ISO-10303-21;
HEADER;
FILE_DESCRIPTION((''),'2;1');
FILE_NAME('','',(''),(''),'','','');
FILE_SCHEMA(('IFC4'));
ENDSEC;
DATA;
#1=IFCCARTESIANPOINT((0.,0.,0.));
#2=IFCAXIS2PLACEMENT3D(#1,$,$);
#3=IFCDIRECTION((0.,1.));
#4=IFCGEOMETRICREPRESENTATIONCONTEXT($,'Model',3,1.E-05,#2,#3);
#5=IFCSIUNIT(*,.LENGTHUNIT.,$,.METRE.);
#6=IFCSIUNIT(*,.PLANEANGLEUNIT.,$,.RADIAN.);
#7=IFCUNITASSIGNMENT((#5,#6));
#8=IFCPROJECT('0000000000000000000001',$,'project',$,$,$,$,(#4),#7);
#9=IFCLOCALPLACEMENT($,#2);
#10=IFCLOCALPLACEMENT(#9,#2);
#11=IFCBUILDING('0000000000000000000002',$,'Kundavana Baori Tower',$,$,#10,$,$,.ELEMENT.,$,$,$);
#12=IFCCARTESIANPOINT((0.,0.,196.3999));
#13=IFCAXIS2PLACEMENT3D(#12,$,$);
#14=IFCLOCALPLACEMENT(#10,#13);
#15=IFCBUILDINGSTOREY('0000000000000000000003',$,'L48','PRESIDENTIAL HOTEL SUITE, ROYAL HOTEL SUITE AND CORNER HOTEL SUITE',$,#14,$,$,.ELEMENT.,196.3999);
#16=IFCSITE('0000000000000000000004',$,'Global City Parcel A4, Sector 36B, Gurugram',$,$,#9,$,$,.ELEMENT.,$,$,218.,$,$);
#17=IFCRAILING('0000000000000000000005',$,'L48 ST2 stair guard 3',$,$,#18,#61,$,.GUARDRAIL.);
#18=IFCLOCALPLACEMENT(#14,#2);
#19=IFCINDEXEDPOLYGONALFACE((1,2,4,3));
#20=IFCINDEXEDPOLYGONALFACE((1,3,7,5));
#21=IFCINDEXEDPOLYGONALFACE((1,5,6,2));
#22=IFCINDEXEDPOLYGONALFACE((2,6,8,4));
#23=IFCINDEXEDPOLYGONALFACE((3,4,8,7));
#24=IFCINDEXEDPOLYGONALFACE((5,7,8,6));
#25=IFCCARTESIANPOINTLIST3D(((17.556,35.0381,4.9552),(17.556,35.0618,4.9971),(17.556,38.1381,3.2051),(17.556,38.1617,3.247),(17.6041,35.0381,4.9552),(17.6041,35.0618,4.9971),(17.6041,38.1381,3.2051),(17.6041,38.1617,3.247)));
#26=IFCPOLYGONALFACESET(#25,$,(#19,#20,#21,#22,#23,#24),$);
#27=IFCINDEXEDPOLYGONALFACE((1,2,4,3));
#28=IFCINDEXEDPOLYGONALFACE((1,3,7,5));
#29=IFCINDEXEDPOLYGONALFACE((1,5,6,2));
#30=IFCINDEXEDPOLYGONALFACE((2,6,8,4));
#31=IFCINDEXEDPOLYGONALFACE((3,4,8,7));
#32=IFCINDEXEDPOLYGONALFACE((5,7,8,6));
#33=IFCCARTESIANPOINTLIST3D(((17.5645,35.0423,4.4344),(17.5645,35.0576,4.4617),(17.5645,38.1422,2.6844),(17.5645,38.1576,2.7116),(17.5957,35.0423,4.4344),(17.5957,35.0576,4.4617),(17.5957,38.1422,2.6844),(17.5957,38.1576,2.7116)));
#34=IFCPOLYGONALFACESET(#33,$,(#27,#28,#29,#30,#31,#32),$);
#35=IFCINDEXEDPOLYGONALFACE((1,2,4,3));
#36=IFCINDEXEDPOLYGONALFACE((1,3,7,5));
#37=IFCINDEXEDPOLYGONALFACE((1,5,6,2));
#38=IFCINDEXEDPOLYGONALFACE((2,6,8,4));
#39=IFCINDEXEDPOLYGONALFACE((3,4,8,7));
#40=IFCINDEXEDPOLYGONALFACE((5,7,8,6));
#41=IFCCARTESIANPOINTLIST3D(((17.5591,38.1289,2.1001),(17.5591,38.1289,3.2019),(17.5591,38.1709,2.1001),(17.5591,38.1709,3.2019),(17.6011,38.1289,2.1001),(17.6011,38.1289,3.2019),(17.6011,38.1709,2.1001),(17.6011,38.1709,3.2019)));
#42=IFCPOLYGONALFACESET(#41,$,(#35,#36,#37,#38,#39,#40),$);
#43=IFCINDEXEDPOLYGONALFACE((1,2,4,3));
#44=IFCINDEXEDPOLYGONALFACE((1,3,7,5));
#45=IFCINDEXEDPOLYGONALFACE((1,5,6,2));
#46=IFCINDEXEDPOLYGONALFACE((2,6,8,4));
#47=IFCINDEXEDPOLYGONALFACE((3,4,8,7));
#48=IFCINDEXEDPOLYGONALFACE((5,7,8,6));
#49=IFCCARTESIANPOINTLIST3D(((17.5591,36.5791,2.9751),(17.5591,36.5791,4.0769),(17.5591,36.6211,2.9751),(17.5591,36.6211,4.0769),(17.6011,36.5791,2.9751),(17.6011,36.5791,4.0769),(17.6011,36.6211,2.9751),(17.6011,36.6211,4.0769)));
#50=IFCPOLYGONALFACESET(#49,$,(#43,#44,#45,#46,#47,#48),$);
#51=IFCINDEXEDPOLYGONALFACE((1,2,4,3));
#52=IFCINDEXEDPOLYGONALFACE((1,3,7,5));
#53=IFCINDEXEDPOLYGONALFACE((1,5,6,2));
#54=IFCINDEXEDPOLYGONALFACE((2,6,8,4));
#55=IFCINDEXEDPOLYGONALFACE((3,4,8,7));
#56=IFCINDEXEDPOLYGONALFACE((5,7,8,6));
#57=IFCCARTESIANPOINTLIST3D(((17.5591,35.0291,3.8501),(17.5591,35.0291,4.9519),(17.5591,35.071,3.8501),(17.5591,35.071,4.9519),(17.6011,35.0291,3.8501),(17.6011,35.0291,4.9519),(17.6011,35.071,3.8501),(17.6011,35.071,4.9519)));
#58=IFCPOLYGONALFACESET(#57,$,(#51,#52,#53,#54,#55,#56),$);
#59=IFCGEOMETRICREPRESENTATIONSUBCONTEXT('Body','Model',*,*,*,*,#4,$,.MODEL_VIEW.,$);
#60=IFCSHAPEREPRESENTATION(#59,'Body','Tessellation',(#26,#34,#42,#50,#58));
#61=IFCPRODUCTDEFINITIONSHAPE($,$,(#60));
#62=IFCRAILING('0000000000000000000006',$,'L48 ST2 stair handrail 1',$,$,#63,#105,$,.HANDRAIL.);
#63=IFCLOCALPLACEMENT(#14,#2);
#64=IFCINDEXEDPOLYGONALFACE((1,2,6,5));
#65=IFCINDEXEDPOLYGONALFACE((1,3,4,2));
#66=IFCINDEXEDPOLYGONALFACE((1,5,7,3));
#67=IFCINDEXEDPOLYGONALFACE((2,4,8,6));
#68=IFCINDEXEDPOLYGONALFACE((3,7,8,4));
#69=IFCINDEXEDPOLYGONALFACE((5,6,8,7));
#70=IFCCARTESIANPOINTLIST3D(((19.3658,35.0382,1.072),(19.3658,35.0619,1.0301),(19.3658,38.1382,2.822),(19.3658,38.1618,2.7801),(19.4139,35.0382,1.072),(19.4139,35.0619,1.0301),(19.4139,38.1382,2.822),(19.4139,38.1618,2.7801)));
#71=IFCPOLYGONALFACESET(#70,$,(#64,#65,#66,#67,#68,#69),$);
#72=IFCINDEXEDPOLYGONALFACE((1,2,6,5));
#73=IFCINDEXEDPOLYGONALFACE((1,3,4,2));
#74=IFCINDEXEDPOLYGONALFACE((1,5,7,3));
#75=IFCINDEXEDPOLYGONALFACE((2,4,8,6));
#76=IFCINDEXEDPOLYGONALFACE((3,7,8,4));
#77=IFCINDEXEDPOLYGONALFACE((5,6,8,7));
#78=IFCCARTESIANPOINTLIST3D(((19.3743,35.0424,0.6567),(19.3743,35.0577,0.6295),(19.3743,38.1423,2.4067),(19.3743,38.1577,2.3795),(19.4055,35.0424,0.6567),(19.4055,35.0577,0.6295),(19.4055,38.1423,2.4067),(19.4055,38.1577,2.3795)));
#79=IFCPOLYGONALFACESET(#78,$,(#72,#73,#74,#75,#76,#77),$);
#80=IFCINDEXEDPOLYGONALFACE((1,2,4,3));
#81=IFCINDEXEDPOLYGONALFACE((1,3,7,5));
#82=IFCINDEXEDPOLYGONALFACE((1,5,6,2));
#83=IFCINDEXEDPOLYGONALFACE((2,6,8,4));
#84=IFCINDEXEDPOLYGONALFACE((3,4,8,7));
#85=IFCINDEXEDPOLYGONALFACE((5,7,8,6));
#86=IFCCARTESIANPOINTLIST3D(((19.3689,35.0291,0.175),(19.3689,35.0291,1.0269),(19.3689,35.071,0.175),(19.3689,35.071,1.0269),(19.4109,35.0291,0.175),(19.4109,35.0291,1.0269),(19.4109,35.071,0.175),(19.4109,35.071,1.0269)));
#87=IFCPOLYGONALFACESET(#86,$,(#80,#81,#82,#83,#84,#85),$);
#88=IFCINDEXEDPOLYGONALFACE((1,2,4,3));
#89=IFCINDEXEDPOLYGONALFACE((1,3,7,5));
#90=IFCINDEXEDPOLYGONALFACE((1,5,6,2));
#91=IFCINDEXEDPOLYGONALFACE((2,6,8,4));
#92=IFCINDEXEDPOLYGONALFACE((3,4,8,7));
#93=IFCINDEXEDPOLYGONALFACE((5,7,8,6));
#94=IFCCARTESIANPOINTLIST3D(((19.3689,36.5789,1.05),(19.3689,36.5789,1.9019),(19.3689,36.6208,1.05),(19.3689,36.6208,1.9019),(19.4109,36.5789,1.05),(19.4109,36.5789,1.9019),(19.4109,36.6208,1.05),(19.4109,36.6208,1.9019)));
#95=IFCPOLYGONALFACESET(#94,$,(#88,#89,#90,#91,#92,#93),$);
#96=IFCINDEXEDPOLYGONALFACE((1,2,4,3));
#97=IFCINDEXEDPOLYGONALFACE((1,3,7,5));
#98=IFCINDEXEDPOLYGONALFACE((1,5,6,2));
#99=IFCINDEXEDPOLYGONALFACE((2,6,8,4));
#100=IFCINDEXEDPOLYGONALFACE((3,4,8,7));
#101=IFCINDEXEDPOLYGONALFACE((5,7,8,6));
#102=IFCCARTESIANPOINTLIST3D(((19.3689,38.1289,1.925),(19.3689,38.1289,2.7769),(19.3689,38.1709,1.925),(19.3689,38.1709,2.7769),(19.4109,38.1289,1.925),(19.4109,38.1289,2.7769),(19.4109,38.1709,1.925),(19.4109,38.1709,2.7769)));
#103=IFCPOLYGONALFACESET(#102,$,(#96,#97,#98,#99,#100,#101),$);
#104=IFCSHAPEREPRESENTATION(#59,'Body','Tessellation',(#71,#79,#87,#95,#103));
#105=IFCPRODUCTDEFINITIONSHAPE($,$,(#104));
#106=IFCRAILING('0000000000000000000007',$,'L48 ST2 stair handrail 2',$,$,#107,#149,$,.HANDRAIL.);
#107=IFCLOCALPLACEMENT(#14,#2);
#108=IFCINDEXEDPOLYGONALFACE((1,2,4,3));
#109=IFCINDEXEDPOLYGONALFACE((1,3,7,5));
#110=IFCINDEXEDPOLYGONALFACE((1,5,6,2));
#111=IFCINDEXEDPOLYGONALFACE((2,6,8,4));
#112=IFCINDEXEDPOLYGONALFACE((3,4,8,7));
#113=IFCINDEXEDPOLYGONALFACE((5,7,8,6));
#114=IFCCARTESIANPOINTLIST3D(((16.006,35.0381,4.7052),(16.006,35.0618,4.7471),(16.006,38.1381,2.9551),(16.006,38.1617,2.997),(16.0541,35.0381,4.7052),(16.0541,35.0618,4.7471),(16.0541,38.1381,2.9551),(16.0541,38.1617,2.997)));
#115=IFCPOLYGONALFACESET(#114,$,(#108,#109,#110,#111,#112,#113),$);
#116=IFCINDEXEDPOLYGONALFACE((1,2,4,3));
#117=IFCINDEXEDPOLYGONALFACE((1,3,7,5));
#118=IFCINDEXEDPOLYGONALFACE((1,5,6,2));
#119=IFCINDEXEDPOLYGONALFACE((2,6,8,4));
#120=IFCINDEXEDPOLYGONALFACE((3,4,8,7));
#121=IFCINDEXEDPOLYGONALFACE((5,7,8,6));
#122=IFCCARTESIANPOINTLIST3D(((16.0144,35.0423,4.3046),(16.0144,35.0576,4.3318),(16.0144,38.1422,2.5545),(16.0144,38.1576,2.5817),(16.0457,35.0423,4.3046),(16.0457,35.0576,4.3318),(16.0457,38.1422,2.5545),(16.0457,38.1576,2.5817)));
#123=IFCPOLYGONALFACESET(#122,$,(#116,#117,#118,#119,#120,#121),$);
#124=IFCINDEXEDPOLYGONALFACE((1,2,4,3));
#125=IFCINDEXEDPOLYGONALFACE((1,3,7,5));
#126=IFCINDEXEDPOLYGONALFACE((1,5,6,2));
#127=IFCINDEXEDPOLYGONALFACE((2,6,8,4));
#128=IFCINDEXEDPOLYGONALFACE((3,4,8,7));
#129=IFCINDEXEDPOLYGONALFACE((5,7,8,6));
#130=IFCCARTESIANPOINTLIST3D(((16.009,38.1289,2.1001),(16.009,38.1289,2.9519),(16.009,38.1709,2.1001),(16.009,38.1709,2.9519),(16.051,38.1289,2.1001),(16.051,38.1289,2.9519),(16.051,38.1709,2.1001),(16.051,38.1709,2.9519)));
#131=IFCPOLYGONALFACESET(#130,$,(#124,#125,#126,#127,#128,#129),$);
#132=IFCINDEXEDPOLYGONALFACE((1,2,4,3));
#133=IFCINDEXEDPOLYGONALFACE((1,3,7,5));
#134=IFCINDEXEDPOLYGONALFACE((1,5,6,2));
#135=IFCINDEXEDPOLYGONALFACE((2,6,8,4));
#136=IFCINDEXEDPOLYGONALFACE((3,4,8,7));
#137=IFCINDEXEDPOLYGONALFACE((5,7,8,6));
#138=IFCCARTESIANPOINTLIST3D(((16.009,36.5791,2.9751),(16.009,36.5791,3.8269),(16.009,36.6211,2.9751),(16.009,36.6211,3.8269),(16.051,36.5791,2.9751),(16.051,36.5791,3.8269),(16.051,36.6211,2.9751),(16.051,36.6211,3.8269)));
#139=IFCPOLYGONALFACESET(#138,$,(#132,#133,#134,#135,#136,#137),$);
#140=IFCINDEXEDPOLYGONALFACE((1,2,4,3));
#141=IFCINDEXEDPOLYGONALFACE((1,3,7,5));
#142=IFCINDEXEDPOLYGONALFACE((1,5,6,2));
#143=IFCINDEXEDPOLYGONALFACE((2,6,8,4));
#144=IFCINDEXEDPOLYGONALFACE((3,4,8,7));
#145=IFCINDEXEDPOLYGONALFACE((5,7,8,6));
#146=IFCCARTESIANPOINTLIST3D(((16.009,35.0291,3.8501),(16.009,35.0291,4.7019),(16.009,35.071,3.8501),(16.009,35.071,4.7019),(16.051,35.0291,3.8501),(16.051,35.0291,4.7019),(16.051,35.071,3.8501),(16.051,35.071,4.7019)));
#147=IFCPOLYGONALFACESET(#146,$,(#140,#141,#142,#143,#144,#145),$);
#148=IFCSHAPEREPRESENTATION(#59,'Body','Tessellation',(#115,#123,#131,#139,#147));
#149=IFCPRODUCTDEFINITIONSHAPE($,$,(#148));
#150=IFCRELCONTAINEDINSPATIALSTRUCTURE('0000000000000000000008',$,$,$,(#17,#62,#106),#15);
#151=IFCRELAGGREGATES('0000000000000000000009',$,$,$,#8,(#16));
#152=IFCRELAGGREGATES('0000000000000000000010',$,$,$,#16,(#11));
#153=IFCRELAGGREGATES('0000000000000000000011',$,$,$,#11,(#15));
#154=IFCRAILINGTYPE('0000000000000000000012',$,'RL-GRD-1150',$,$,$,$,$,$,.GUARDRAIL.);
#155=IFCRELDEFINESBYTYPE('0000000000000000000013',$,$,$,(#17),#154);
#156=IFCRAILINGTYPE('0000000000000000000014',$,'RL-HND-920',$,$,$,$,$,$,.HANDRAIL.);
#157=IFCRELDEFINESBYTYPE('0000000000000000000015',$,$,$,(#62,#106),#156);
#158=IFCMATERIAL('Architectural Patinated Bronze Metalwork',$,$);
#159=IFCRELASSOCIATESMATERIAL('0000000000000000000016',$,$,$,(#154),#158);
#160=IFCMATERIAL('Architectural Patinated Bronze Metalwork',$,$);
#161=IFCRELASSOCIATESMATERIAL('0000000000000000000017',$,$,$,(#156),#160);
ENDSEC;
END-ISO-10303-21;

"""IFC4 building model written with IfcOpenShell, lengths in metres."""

from ifc_helpers import new_model, si_unit, direction, frame, origin, origin_2d, place, context, subcontext, project, spatial, rectangle, extrude, material, type_object, element, save


model = new_model("IFC4")

# Units and contexts
model_context = context("Model", 3, precision=1e-05, world=origin(), true_north=direction((0.0, 1.0)))
body_context = subcontext(model_context, "Body", "Model", "MODEL_VIEW")
ifc_project = project(units=[si_unit("LENGTHUNIT", "METRE"), si_unit("PLANEANGLEUNIT", "RADIAN")], contexts=[model_context])

# Site, building, storey
site_placement = place(None, origin())
site = spatial("IfcSite", under=ifc_project, at=site_placement, Name="Global City Parcel A4, Sector 36B, Gurugram", CompositionType="ELEMENT", RefElevation=218.0)
building_placement = place(site_placement, origin())
building = spatial("IfcBuilding", under=site, at=building_placement, Name="Kundavana Baori Tower", CompositionType="ELEMENT")
storey_placement = place(building_placement, frame((0.0, 0.0, 196.3999)))
storey = spatial("IfcBuildingStorey", under=building, at=storey_placement, Name="L48", Description="PRESIDENTIAL HOTEL SUITE, ROYAL HOTEL SUITE AND CORNER HOTEL SUITE", CompositionType="ELEMENT", Elevation=196.3999)

# Railings
ifc_material_1 = material(Name="Architectural Patinated Bronze Metalwork")
railing_type_1 = type_object("IfcRailingType", Name="RL-GRD-1150", PredefinedType="GUARDRAIL", material=ifc_material_1)
railing_1_placement = place(storey_placement, frame((17.5801, 38.1499, 2.1001)))
element("IfcRailing", 1, at=railing_1_placement, inside=storey, type_object=railing_type_1, Name="L48 ST2 stair guard 3", PredefinedType="GUARDRAIL", context=body_context, shape_type="SweptSolid", body=[
    extrude(rectangle(XDim=0.0481, YDim=0.0481, at=origin_2d()), frame((0.0, 0.0, 1.126), z_axis=(0.0, -0.870814, 0.491612), x_axis=(1.0, 0.0, 0.0)), (0.0, 0.0, 1.0), 3.5598),
    extrude(rectangle(XDim=0.0312, YDim=0.0312, at=origin_2d()), frame((0.0, 0.0, 0.5979), z_axis=(0.0, -0.870814, 0.491612), x_axis=(1.0, 0.0, 0.0)), (0.0, 0.0, 1.0), 3.5598),
    extrude(rectangle(XDim=0.042, YDim=0.042, at=origin_2d()), origin(), (0.0, 0.0, 1.0), 1.1018),
    extrude(rectangle(XDim=0.042, YDim=0.042, at=origin_2d()), frame((0.0, -1.5498, 0.875)), (0.0, 0.0, 1.0), 1.1018),
    extrude(rectangle(XDim=0.042, YDim=0.042, at=origin_2d()), frame((0.0, -3.0999, 1.75)), (0.0, 0.0, 1.0), 1.1018),
])
ifc_material_2 = material(Name="Architectural Patinated Bronze Metalwork")
railing_type_2 = type_object("IfcRailingType", Name="RL-HND-920", PredefinedType="HANDRAIL", material=ifc_material_2)
railing_2_placement = place(storey_placement, frame((19.3899, 35.05, 0.175)))
element("IfcRailing", 2, at=railing_2_placement, inside=storey, type_object=railing_type_2, Name="L48 ST2 stair handrail 1", PredefinedType="HANDRAIL", context=body_context, shape_type="SweptSolid", body=[
    extrude(rectangle(XDim=0.0481, YDim=0.0481, at=origin_2d()), frame((0.0, 0.0, 0.876), z_axis=(0.0, 0.870814, 0.491612), x_axis=(-1.0, 0.0, 0.0)), (0.0, 0.0, 1.0), 3.5598),
    extrude(rectangle(XDim=0.0312, YDim=0.0312, at=origin_2d()), frame((0.0, 0.0, 0.468), z_axis=(0.0, 0.870814, 0.491612), x_axis=(-1.0, 0.0, 0.0)), (0.0, 0.0, 1.0), 3.5598),
    extrude(rectangle(XDim=0.042, YDim=0.042, at=origin_2d()), origin(), (0.0, 0.0, 1.0), 0.8518),
    extrude(rectangle(XDim=0.042, YDim=0.042, at=origin_2d()), frame((0.0, 1.5498, 0.875)), (0.0, 0.0, 1.0), 0.8518),
    extrude(rectangle(XDim=0.042, YDim=0.042, at=origin_2d()), frame((0.0, 3.0999, 1.75)), (0.0, 0.0, 1.0), 0.8518),
])
railing_3_placement = place(storey_placement, frame((16.03, 38.1499, 2.1001)))
element("IfcRailing", 3, at=railing_3_placement, inside=storey, type_object=railing_type_2, Name="L48 ST2 stair handrail 2", PredefinedType="HANDRAIL", context=body_context, shape_type="SweptSolid", body=[
    extrude(rectangle(XDim=0.0481, YDim=0.0481, at=origin_2d()), frame((0.0, 0.0, 0.876), z_axis=(0.0, -0.870814, 0.491612), x_axis=(1.0, 0.0, 0.0)), (0.0, 0.0, 1.0), 3.5598),
    extrude(rectangle(XDim=0.0312, YDim=0.0312, at=origin_2d()), frame((0.0, 0.0, 0.468), z_axis=(0.0, -0.870814, 0.491612), x_axis=(1.0, 0.0, 0.0)), (0.0, 0.0, 1.0), 3.5598),
    extrude(rectangle(XDim=0.042, YDim=0.042, at=origin_2d()), origin(), (0.0, 0.0, 1.0), 0.8518),
    extrude(rectangle(XDim=0.042, YDim=0.042, at=origin_2d()), frame((0.0, -1.5498, 0.875)), (0.0, 0.0, 1.0), 0.8518),
    extrude(rectangle(XDim=0.042, YDim=0.042, at=origin_2d()), frame((0.0, -3.0999, 1.75)), (0.0, 0.0, 1.0), 0.8518),
])

save(model, "model.ifc")
